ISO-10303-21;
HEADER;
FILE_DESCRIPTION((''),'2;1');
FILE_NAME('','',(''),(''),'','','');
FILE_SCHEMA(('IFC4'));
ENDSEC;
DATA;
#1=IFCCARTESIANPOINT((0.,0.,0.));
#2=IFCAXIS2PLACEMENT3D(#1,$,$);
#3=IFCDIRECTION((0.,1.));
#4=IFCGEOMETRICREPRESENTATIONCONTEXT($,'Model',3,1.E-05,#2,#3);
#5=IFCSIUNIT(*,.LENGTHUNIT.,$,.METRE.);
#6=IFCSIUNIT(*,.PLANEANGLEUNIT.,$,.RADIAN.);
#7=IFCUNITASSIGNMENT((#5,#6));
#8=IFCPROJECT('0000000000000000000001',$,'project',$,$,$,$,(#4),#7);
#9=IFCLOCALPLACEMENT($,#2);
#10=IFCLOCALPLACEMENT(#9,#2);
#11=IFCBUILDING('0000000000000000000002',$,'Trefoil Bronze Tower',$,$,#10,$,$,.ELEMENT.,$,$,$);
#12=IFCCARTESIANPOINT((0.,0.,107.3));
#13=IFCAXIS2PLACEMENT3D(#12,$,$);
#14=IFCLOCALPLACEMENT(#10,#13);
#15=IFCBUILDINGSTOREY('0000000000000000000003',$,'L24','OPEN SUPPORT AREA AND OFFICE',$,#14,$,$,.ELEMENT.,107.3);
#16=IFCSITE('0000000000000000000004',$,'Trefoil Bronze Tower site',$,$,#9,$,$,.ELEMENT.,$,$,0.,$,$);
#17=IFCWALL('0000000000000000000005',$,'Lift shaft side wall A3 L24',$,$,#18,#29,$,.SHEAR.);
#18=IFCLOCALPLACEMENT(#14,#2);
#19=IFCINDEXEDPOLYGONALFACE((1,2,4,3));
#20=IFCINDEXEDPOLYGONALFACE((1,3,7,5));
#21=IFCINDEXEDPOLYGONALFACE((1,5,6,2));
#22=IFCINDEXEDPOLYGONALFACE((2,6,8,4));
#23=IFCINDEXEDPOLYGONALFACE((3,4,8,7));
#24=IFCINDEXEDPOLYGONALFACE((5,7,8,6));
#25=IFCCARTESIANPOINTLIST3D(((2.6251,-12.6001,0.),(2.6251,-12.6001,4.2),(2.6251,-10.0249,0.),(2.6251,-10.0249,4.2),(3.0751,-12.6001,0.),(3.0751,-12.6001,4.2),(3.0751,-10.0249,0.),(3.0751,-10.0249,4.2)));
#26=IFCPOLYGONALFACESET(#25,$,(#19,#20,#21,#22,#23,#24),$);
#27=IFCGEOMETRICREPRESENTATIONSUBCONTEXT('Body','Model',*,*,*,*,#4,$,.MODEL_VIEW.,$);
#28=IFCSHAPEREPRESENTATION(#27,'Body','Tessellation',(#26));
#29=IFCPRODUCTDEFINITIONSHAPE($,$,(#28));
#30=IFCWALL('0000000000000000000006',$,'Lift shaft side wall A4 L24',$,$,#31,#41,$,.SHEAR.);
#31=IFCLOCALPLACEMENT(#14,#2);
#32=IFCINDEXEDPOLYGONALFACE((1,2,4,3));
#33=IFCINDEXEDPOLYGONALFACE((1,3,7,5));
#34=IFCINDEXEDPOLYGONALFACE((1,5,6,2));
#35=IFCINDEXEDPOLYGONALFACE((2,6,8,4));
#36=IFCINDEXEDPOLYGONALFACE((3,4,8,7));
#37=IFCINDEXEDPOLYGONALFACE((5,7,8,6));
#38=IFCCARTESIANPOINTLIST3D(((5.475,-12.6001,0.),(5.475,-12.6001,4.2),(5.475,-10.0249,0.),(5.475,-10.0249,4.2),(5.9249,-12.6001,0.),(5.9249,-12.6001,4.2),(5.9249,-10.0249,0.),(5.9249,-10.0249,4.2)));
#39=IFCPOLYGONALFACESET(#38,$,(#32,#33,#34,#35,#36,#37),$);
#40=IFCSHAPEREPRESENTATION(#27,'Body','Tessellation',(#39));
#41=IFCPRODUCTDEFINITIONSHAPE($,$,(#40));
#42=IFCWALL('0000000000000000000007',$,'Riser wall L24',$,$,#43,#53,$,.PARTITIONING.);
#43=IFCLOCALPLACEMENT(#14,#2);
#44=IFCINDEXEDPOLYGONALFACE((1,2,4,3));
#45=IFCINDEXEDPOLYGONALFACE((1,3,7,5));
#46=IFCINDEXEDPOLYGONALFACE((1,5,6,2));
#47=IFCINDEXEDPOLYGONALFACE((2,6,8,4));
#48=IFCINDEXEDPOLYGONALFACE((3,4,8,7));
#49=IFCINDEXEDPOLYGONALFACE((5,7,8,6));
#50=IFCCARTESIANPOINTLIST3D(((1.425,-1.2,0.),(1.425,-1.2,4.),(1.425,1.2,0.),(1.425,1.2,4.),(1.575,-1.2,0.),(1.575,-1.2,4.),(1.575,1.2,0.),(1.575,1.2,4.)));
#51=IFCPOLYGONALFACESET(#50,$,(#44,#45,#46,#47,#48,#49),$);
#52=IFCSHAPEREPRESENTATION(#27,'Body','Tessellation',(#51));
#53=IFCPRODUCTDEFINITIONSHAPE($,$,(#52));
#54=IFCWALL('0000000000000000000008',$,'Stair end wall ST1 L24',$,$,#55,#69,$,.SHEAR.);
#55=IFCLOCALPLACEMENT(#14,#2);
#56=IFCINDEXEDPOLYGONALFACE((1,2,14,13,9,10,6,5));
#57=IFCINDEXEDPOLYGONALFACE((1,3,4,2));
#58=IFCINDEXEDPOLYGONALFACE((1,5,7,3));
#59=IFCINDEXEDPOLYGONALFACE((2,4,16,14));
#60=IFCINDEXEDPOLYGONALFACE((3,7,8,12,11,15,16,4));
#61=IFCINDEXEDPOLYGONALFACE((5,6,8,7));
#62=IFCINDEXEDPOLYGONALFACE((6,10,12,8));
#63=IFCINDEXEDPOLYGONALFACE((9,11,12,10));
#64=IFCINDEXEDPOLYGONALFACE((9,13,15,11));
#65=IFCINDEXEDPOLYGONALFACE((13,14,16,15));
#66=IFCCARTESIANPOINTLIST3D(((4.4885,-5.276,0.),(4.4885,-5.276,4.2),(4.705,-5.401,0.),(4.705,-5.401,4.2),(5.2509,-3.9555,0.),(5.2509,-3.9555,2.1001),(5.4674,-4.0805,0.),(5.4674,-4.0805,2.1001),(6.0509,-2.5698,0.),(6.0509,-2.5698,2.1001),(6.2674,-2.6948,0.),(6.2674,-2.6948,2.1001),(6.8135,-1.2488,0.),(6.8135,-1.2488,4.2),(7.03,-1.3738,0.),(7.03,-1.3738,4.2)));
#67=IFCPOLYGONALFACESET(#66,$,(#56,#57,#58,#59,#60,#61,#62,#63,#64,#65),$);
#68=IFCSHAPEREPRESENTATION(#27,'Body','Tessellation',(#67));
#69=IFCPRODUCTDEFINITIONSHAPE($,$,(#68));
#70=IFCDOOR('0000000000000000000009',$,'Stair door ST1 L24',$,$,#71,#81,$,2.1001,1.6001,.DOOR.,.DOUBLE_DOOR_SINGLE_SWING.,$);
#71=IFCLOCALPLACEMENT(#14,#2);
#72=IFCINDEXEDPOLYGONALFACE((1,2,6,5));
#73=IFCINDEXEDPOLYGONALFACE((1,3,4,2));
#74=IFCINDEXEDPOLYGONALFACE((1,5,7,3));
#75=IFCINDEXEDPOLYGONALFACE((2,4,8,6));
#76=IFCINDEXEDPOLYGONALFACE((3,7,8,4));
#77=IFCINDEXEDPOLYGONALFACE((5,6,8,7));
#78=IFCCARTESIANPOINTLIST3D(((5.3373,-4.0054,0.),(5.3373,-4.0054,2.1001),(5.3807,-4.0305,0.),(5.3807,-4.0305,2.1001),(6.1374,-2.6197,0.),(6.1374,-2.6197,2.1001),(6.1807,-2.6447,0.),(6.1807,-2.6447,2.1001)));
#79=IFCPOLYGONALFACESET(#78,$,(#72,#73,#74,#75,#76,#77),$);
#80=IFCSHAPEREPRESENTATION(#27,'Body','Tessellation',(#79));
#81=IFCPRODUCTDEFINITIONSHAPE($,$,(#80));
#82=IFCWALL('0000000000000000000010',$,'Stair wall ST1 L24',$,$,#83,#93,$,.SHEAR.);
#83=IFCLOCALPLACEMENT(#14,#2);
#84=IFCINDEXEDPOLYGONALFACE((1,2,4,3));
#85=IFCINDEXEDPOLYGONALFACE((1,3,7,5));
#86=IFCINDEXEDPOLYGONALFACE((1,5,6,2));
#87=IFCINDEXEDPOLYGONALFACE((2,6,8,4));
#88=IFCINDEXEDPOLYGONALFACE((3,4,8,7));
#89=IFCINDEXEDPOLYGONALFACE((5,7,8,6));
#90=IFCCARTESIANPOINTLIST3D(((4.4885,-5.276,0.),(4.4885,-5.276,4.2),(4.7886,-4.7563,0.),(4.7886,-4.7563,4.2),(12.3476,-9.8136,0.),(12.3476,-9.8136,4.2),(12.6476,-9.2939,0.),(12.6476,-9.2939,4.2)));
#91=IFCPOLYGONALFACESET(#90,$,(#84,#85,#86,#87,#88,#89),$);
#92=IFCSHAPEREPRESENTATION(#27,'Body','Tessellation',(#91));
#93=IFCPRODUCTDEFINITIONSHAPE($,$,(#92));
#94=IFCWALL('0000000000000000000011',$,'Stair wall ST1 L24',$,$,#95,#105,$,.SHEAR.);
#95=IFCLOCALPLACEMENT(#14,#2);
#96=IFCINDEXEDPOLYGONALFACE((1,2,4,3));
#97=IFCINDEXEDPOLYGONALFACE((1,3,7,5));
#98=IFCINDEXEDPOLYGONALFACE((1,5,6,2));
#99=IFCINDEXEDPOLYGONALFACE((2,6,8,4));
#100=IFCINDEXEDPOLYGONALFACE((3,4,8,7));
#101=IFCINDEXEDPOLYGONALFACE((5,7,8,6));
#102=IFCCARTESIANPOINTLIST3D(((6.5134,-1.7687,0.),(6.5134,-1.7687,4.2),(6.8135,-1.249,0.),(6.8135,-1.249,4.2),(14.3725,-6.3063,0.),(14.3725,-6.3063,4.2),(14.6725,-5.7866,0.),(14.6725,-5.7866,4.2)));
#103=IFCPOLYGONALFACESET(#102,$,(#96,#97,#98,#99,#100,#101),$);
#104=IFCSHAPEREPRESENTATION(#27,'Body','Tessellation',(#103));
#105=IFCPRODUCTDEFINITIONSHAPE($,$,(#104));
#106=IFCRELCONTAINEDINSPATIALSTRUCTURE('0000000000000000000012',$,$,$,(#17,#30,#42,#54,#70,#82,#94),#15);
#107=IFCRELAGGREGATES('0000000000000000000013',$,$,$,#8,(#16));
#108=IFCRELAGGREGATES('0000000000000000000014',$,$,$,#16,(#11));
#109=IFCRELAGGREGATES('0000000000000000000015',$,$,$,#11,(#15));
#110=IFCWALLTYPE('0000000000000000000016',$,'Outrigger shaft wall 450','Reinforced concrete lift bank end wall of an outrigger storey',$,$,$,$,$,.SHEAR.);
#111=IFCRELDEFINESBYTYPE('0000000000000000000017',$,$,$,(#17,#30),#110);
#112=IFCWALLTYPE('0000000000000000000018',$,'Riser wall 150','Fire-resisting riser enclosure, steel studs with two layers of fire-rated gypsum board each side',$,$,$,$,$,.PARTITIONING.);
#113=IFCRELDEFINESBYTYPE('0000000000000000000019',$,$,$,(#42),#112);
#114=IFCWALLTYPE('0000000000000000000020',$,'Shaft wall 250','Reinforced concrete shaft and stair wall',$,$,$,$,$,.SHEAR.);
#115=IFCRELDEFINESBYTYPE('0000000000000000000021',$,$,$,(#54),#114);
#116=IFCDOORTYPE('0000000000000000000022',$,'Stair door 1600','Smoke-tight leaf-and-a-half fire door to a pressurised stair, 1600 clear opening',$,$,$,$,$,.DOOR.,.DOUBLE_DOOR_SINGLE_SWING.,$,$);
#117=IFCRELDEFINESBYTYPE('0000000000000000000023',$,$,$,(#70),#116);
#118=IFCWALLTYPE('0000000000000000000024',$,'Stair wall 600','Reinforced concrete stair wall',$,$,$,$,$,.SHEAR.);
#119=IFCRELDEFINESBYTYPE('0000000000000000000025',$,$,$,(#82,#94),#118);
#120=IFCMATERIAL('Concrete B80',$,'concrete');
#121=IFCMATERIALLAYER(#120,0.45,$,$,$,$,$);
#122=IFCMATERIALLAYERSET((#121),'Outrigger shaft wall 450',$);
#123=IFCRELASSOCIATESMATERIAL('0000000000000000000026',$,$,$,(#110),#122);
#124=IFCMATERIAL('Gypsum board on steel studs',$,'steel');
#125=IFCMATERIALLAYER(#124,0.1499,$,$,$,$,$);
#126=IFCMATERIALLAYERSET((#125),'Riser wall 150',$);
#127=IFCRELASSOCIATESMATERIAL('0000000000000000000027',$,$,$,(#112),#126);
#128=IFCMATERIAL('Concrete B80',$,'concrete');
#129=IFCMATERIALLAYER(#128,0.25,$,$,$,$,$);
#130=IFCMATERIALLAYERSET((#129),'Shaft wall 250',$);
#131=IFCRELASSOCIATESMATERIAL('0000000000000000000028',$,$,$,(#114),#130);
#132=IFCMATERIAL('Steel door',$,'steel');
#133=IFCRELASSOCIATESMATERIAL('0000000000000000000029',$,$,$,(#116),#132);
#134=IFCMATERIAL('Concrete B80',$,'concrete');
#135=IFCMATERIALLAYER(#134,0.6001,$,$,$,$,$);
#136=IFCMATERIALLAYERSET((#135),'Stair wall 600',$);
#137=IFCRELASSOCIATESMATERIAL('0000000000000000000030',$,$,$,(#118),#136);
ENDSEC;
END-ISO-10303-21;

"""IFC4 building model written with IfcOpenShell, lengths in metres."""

from ifc_helpers import new_model, si_unit, direction, frame, frame_2d, origin, place, context, subcontext, project, spatial, rectangle, extrude, material, layer, layer_set, type_object, element, fill, save


model = new_model("IFC4")

# Units and contexts
model_context = context("Model", 3, precision=1e-05, world=origin(), true_north=direction((0.0, 1.0)))
body_context = subcontext(model_context, "Body", "Model", "MODEL_VIEW")
ifc_project = project(units=[si_unit("LENGTHUNIT", "METRE"), si_unit("PLANEANGLEUNIT", "RADIAN")], contexts=[model_context])

# Site, building, storey
site_placement = place(None, origin())
site = spatial("IfcSite", under=ifc_project, at=site_placement, Name="Trefoil Bronze Tower site", CompositionType="ELEMENT", RefElevation=0.0)
building_placement = place(site_placement, origin())
building = spatial("IfcBuilding", under=site, at=building_placement, Name="Trefoil Bronze Tower", CompositionType="ELEMENT")
storey_placement = place(building_placement, frame((0.0, 0.0, 107.3)))
storey = spatial("IfcBuildingStorey", under=building, at=storey_placement, Name="L24", Description="OPEN SUPPORT AREA AND OFFICE", CompositionType="ELEMENT", Elevation=107.3)

# Walls
ifc_material_1 = material(Name="Concrete B80", Category="concrete")
ifc_layer_1 = layer(ifc_material_1, 0.45)
ifc_layer_set_1 = layer_set([ifc_layer_1], Name="Outrigger shaft wall 450")
wall_type_1 = type_object("IfcWallType", Name="Outrigger shaft wall 450", Description="Reinforced concrete lift bank end wall of an outrigger storey", PredefinedType="SHEAR", material=ifc_layer_set_1)
for number, where, z_axis, x_axis, name in (
    (1, (2.8501, -10.0249, 0.0), (0.0, 0.0, 1.0), (0.0, -1.0, 0.0), "Lift shaft side wall A3 L24"),
    (2, (5.7, -10.0249, 0.0), (0.0, 0.0, 1.0), (0.0, -1.0, 0.0), "Lift shaft side wall A4 L24"),
):
    element("IfcWall", number, at=place(storey_placement, frame(where, z_axis=z_axis, x_axis=x_axis)), inside=storey, type_object=wall_type_1, Name=name, PredefinedType="SHEAR", context=body_context, shape_type="SweptSolid", body=[
        extrude(rectangle(XDim=2.5752, YDim=0.45, at=frame_2d((1.2876, 0.0))), origin(), (0.0, 0.0, 1.0), 4.2),
    ])
ifc_material_2 = material(Name="Gypsum board on steel studs", Category="steel")
ifc_layer_2 = layer(ifc_material_2, 0.1499)
ifc_layer_set_2 = layer_set([ifc_layer_2], Name="Riser wall 150")
wall_type_2 = type_object("IfcWallType", Name="Riser wall 150", Description="Fire-resisting riser enclosure, steel studs with two layers of fire-rated gypsum board each side", PredefinedType="PARTITIONING", material=ifc_layer_set_2)
wall_1_placement = place(storey_placement, frame((1.5, -1.2, 0.0), z_axis=(0.0, 0.0, 1.0), x_axis=(0.0, 1.0, 0.0)))
element("IfcWall", 3, at=wall_1_placement, inside=storey, type_object=wall_type_2, Name="Riser wall L24", PredefinedType="PARTITIONING", context=body_context, shape_type="SweptSolid", body=[
    extrude(rectangle(XDim=2.3999, YDim=0.1499, at=frame_2d((1.2, 0.0))), origin(), (0.0, 0.0, 1.0), 4.0),
])

# Wall, opening, door
ifc_material_3 = material(Name="Concrete B80", Category="concrete")
ifc_layer_3 = layer(ifc_material_3, 0.25)
ifc_layer_set_3 = layer_set([ifc_layer_3], Name="Shaft wall 250")
wall_type_3 = type_object("IfcWallType", Name="Shaft wall 250", Description="Reinforced concrete shaft and stair wall", PredefinedType="SHEAR", material=ifc_layer_set_3)
wall_2_placement = place(storey_placement, frame((4.5967, -5.3386, 0.0), z_axis=(0.0, 0.0, 1.0), x_axis=(0.499985, 0.866034, 0.0)))
wall_2 = element("IfcWall", 4, at=wall_2_placement, inside=storey, type_object=wall_type_3, Name="Stair end wall ST1 L24", PredefinedType="SHEAR", context=body_context, shape_type="SweptSolid", body=[
    extrude(rectangle(XDim=4.6501, YDim=0.25, at=frame_2d((2.3252, 0.0))), origin(), (0.0, 0.0, 1.0), 4.2),
])
opening_placement = place(wall_2_placement, frame((1.5249, 0.0, 0.0)))
opening = element("IfcOpeningElement", 5, at=opening_placement, cuts=wall_2, PredefinedType="OPENING", context=body_context, shape_type="SweptSolid", body=[
    extrude(rectangle(XDim=1.6001, YDim=2.1001, at=frame_2d((0.8, 1.05))), frame((0.0, 0.135, 0.0), z_axis=(0.0, -1.0, 0.0), x_axis=(1.0, 0.0, 0.0)), (0.0, 0.0, 1.0), 0.27),
])
ifc_material_4 = material(Name="Steel door", Category="steel")
door_type = type_object("IfcDoorType", Name="Stair door 1600", Description="Smoke-tight leaf-and-a-half fire door to a pressurised stair, 1600 clear opening", OperationType="DOUBLE_DOOR_SINGLE_SWING", PredefinedType="DOOR", material=ifc_material_4)
door_placement = place(opening_placement, frame((1.6001, 0.0, 0.0), z_axis=(0.0, 0.0, 1.0), x_axis=(-1.0, 0.0, 0.0)))
door = element("IfcDoor", 6, at=door_placement, inside=storey, type_object=door_type, Name="Stair door ST1 L24", OperationType="DOUBLE_DOOR_SINGLE_SWING", OverallHeight=2.1001, OverallWidth=1.6001, PredefinedType="DOOR", context=body_context, shape_type="SweptSolid", body=[
    extrude(rectangle(XDim=1.6001, YDim=2.1001, at=frame_2d((0.8, 1.05))), frame((0.0, 0.0249, 0.0), z_axis=(0.0, -1.0, 0.0), x_axis=(1.0, 0.0, 0.0)), (0.0, 0.0, 1.0), 0.05),
])
fill(opening, door)

# Walls
ifc_material_5 = material(Name="Concrete B80", Category="concrete")
ifc_layer_4 = layer(ifc_material_5, 0.6001)
ifc_layer_set_4 = layer_set([ifc_layer_4], Name="Stair wall 600")
wall_type_4 = type_object("IfcWallType", Name="Stair wall 600", Description="Reinforced concrete stair wall", PredefinedType="SHEAR", material=ifc_layer_set_4)
for number, where, z_axis, x_axis, name in (
    (7, (4.6384, -5.0161, 0.0), (0.0, 0.0, 1.0), (0.866019, -0.50001, 0.0), "Stair wall ST1 L24"),
    (8, (6.6633, -1.5088, 0.0), (0.0, 0.0, 1.0), (0.866019, -0.50001, 0.0), "Stair wall ST1 L24"),
):
    element("IfcWall", number, at=place(storey_placement, frame(where, z_axis=z_axis, x_axis=x_axis)), inside=storey, type_object=wall_type_4, Name=name, PredefinedType="SHEAR", context=body_context, shape_type="SweptSolid", body=[
        extrude(rectangle(XDim=9.075, YDim=0.6001, at=frame_2d((4.5376, 0.0))), origin(), (0.0, 0.0, 1.0), 4.2),
    ])

save(model, "model.ifc")
